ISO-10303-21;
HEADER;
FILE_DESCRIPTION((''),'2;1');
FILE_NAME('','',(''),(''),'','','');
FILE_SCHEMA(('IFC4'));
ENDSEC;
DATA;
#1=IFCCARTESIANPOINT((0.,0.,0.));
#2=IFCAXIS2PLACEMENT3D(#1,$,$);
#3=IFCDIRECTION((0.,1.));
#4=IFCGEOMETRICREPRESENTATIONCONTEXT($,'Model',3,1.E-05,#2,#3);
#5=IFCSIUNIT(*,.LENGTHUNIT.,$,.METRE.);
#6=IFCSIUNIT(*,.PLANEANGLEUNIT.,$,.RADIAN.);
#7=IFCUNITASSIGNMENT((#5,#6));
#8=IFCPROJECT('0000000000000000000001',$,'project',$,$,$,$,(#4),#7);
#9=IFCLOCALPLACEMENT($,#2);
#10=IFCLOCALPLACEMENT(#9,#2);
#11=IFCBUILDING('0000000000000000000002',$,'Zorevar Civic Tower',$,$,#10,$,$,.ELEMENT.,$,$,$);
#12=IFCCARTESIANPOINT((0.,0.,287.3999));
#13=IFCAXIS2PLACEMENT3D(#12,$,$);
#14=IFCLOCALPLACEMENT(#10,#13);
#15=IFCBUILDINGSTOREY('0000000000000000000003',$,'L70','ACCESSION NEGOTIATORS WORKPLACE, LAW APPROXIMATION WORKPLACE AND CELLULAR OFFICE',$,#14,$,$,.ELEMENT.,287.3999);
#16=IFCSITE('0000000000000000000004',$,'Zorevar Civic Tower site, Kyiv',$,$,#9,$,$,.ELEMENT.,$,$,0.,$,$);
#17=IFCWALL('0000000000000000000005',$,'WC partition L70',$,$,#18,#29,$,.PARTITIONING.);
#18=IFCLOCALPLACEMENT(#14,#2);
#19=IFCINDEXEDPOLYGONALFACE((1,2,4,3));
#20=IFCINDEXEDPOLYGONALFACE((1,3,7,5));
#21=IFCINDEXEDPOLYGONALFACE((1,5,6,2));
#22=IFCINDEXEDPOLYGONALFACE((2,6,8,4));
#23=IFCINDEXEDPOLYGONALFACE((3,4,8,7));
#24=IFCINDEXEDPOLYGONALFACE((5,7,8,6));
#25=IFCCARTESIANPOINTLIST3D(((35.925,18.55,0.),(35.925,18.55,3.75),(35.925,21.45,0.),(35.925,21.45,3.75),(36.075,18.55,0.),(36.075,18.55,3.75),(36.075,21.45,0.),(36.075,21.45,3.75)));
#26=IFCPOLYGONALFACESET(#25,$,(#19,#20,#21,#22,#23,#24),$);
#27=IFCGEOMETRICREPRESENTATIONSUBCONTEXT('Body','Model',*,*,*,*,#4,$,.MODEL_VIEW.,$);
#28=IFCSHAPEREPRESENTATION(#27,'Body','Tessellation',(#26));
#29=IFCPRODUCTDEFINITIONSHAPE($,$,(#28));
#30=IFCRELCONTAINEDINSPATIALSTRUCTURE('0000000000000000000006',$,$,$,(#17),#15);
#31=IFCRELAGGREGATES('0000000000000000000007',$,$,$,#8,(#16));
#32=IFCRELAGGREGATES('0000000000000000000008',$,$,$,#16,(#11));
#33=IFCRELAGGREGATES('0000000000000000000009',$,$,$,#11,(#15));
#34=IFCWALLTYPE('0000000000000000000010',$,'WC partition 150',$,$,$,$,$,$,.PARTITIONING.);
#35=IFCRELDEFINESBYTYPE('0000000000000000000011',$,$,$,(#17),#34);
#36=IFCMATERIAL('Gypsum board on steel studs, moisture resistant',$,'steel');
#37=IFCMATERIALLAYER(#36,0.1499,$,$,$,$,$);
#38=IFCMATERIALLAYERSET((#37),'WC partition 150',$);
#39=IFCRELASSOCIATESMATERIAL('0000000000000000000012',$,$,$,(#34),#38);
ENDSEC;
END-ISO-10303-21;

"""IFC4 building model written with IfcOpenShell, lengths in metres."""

from ifc_helpers import new_model, si_unit, direction, frame, frame_2d, origin, place, context, subcontext, project, spatial, rectangle, extrude, material, layer, layer_set, type_object, element, save


model = new_model("IFC4")

# Units and contexts
model_context = context("Model", 3, precision=1e-05, world=origin(), true_north=direction((0.0, 1.0)))
body_context = subcontext(model_context, "Body", "Model", "MODEL_VIEW")
ifc_project = project(units=[si_unit("LENGTHUNIT", "METRE"), si_unit("PLANEANGLEUNIT", "RADIAN")], contexts=[model_context])

# Site, building, storey
site_placement = place(None, origin())
site = spatial("IfcSite", under=ifc_project, at=site_placement, Name="Zorevar Civic Tower site, Kyiv", CompositionType="ELEMENT", RefElevation=0.0)
building_placement = place(site_placement, origin())
building = spatial("IfcBuilding", under=site, at=building_placement, Name="Zorevar Civic Tower", CompositionType="ELEMENT")
storey_placement = place(building_placement, frame((0.0, 0.0, 287.3999)))
storey = spatial("IfcBuildingStorey", under=building, at=storey_placement, Name="L70", Description="ACCESSION NEGOTIATORS WORKPLACE, LAW APPROXIMATION WORKPLACE AND CELLULAR OFFICE", CompositionType="ELEMENT", Elevation=287.3999)

# Wall
ifc_material_1 = material(Name="Gypsum board on steel studs, moisture resistant", Category="steel")
ifc_layer_1 = layer(ifc_material_1, 0.1499)
ifc_layer_set_1 = layer_set([ifc_layer_1], Name="WC partition 150")
wall_type_1 = type_object("IfcWallType", Name="WC partition 150", PredefinedType="PARTITIONING", material=ifc_layer_set_1)
for number, where, z_axis, x_axis, name in (
    (1, (36.0, 18.55, 0.0), (0.0, 0.0, 1.0), (0.0, 1.0, 0.0), "WC partition L70"),
):
    element("IfcWall", number, at=place(storey_placement, frame(where, z_axis=z_axis, x_axis=x_axis)), inside=storey, type_object=wall_type_1, Name=name, PredefinedType="PARTITIONING", context=body_context, shape_type="SweptSolid", body=[
        extrude(rectangle(XDim=2.8999, YDim=0.1499, at=frame_2d((1.45, 0.0))), origin(), (0.0, 0.0, 1.0), 3.75),
    ])

save(model, "model.ifc")
